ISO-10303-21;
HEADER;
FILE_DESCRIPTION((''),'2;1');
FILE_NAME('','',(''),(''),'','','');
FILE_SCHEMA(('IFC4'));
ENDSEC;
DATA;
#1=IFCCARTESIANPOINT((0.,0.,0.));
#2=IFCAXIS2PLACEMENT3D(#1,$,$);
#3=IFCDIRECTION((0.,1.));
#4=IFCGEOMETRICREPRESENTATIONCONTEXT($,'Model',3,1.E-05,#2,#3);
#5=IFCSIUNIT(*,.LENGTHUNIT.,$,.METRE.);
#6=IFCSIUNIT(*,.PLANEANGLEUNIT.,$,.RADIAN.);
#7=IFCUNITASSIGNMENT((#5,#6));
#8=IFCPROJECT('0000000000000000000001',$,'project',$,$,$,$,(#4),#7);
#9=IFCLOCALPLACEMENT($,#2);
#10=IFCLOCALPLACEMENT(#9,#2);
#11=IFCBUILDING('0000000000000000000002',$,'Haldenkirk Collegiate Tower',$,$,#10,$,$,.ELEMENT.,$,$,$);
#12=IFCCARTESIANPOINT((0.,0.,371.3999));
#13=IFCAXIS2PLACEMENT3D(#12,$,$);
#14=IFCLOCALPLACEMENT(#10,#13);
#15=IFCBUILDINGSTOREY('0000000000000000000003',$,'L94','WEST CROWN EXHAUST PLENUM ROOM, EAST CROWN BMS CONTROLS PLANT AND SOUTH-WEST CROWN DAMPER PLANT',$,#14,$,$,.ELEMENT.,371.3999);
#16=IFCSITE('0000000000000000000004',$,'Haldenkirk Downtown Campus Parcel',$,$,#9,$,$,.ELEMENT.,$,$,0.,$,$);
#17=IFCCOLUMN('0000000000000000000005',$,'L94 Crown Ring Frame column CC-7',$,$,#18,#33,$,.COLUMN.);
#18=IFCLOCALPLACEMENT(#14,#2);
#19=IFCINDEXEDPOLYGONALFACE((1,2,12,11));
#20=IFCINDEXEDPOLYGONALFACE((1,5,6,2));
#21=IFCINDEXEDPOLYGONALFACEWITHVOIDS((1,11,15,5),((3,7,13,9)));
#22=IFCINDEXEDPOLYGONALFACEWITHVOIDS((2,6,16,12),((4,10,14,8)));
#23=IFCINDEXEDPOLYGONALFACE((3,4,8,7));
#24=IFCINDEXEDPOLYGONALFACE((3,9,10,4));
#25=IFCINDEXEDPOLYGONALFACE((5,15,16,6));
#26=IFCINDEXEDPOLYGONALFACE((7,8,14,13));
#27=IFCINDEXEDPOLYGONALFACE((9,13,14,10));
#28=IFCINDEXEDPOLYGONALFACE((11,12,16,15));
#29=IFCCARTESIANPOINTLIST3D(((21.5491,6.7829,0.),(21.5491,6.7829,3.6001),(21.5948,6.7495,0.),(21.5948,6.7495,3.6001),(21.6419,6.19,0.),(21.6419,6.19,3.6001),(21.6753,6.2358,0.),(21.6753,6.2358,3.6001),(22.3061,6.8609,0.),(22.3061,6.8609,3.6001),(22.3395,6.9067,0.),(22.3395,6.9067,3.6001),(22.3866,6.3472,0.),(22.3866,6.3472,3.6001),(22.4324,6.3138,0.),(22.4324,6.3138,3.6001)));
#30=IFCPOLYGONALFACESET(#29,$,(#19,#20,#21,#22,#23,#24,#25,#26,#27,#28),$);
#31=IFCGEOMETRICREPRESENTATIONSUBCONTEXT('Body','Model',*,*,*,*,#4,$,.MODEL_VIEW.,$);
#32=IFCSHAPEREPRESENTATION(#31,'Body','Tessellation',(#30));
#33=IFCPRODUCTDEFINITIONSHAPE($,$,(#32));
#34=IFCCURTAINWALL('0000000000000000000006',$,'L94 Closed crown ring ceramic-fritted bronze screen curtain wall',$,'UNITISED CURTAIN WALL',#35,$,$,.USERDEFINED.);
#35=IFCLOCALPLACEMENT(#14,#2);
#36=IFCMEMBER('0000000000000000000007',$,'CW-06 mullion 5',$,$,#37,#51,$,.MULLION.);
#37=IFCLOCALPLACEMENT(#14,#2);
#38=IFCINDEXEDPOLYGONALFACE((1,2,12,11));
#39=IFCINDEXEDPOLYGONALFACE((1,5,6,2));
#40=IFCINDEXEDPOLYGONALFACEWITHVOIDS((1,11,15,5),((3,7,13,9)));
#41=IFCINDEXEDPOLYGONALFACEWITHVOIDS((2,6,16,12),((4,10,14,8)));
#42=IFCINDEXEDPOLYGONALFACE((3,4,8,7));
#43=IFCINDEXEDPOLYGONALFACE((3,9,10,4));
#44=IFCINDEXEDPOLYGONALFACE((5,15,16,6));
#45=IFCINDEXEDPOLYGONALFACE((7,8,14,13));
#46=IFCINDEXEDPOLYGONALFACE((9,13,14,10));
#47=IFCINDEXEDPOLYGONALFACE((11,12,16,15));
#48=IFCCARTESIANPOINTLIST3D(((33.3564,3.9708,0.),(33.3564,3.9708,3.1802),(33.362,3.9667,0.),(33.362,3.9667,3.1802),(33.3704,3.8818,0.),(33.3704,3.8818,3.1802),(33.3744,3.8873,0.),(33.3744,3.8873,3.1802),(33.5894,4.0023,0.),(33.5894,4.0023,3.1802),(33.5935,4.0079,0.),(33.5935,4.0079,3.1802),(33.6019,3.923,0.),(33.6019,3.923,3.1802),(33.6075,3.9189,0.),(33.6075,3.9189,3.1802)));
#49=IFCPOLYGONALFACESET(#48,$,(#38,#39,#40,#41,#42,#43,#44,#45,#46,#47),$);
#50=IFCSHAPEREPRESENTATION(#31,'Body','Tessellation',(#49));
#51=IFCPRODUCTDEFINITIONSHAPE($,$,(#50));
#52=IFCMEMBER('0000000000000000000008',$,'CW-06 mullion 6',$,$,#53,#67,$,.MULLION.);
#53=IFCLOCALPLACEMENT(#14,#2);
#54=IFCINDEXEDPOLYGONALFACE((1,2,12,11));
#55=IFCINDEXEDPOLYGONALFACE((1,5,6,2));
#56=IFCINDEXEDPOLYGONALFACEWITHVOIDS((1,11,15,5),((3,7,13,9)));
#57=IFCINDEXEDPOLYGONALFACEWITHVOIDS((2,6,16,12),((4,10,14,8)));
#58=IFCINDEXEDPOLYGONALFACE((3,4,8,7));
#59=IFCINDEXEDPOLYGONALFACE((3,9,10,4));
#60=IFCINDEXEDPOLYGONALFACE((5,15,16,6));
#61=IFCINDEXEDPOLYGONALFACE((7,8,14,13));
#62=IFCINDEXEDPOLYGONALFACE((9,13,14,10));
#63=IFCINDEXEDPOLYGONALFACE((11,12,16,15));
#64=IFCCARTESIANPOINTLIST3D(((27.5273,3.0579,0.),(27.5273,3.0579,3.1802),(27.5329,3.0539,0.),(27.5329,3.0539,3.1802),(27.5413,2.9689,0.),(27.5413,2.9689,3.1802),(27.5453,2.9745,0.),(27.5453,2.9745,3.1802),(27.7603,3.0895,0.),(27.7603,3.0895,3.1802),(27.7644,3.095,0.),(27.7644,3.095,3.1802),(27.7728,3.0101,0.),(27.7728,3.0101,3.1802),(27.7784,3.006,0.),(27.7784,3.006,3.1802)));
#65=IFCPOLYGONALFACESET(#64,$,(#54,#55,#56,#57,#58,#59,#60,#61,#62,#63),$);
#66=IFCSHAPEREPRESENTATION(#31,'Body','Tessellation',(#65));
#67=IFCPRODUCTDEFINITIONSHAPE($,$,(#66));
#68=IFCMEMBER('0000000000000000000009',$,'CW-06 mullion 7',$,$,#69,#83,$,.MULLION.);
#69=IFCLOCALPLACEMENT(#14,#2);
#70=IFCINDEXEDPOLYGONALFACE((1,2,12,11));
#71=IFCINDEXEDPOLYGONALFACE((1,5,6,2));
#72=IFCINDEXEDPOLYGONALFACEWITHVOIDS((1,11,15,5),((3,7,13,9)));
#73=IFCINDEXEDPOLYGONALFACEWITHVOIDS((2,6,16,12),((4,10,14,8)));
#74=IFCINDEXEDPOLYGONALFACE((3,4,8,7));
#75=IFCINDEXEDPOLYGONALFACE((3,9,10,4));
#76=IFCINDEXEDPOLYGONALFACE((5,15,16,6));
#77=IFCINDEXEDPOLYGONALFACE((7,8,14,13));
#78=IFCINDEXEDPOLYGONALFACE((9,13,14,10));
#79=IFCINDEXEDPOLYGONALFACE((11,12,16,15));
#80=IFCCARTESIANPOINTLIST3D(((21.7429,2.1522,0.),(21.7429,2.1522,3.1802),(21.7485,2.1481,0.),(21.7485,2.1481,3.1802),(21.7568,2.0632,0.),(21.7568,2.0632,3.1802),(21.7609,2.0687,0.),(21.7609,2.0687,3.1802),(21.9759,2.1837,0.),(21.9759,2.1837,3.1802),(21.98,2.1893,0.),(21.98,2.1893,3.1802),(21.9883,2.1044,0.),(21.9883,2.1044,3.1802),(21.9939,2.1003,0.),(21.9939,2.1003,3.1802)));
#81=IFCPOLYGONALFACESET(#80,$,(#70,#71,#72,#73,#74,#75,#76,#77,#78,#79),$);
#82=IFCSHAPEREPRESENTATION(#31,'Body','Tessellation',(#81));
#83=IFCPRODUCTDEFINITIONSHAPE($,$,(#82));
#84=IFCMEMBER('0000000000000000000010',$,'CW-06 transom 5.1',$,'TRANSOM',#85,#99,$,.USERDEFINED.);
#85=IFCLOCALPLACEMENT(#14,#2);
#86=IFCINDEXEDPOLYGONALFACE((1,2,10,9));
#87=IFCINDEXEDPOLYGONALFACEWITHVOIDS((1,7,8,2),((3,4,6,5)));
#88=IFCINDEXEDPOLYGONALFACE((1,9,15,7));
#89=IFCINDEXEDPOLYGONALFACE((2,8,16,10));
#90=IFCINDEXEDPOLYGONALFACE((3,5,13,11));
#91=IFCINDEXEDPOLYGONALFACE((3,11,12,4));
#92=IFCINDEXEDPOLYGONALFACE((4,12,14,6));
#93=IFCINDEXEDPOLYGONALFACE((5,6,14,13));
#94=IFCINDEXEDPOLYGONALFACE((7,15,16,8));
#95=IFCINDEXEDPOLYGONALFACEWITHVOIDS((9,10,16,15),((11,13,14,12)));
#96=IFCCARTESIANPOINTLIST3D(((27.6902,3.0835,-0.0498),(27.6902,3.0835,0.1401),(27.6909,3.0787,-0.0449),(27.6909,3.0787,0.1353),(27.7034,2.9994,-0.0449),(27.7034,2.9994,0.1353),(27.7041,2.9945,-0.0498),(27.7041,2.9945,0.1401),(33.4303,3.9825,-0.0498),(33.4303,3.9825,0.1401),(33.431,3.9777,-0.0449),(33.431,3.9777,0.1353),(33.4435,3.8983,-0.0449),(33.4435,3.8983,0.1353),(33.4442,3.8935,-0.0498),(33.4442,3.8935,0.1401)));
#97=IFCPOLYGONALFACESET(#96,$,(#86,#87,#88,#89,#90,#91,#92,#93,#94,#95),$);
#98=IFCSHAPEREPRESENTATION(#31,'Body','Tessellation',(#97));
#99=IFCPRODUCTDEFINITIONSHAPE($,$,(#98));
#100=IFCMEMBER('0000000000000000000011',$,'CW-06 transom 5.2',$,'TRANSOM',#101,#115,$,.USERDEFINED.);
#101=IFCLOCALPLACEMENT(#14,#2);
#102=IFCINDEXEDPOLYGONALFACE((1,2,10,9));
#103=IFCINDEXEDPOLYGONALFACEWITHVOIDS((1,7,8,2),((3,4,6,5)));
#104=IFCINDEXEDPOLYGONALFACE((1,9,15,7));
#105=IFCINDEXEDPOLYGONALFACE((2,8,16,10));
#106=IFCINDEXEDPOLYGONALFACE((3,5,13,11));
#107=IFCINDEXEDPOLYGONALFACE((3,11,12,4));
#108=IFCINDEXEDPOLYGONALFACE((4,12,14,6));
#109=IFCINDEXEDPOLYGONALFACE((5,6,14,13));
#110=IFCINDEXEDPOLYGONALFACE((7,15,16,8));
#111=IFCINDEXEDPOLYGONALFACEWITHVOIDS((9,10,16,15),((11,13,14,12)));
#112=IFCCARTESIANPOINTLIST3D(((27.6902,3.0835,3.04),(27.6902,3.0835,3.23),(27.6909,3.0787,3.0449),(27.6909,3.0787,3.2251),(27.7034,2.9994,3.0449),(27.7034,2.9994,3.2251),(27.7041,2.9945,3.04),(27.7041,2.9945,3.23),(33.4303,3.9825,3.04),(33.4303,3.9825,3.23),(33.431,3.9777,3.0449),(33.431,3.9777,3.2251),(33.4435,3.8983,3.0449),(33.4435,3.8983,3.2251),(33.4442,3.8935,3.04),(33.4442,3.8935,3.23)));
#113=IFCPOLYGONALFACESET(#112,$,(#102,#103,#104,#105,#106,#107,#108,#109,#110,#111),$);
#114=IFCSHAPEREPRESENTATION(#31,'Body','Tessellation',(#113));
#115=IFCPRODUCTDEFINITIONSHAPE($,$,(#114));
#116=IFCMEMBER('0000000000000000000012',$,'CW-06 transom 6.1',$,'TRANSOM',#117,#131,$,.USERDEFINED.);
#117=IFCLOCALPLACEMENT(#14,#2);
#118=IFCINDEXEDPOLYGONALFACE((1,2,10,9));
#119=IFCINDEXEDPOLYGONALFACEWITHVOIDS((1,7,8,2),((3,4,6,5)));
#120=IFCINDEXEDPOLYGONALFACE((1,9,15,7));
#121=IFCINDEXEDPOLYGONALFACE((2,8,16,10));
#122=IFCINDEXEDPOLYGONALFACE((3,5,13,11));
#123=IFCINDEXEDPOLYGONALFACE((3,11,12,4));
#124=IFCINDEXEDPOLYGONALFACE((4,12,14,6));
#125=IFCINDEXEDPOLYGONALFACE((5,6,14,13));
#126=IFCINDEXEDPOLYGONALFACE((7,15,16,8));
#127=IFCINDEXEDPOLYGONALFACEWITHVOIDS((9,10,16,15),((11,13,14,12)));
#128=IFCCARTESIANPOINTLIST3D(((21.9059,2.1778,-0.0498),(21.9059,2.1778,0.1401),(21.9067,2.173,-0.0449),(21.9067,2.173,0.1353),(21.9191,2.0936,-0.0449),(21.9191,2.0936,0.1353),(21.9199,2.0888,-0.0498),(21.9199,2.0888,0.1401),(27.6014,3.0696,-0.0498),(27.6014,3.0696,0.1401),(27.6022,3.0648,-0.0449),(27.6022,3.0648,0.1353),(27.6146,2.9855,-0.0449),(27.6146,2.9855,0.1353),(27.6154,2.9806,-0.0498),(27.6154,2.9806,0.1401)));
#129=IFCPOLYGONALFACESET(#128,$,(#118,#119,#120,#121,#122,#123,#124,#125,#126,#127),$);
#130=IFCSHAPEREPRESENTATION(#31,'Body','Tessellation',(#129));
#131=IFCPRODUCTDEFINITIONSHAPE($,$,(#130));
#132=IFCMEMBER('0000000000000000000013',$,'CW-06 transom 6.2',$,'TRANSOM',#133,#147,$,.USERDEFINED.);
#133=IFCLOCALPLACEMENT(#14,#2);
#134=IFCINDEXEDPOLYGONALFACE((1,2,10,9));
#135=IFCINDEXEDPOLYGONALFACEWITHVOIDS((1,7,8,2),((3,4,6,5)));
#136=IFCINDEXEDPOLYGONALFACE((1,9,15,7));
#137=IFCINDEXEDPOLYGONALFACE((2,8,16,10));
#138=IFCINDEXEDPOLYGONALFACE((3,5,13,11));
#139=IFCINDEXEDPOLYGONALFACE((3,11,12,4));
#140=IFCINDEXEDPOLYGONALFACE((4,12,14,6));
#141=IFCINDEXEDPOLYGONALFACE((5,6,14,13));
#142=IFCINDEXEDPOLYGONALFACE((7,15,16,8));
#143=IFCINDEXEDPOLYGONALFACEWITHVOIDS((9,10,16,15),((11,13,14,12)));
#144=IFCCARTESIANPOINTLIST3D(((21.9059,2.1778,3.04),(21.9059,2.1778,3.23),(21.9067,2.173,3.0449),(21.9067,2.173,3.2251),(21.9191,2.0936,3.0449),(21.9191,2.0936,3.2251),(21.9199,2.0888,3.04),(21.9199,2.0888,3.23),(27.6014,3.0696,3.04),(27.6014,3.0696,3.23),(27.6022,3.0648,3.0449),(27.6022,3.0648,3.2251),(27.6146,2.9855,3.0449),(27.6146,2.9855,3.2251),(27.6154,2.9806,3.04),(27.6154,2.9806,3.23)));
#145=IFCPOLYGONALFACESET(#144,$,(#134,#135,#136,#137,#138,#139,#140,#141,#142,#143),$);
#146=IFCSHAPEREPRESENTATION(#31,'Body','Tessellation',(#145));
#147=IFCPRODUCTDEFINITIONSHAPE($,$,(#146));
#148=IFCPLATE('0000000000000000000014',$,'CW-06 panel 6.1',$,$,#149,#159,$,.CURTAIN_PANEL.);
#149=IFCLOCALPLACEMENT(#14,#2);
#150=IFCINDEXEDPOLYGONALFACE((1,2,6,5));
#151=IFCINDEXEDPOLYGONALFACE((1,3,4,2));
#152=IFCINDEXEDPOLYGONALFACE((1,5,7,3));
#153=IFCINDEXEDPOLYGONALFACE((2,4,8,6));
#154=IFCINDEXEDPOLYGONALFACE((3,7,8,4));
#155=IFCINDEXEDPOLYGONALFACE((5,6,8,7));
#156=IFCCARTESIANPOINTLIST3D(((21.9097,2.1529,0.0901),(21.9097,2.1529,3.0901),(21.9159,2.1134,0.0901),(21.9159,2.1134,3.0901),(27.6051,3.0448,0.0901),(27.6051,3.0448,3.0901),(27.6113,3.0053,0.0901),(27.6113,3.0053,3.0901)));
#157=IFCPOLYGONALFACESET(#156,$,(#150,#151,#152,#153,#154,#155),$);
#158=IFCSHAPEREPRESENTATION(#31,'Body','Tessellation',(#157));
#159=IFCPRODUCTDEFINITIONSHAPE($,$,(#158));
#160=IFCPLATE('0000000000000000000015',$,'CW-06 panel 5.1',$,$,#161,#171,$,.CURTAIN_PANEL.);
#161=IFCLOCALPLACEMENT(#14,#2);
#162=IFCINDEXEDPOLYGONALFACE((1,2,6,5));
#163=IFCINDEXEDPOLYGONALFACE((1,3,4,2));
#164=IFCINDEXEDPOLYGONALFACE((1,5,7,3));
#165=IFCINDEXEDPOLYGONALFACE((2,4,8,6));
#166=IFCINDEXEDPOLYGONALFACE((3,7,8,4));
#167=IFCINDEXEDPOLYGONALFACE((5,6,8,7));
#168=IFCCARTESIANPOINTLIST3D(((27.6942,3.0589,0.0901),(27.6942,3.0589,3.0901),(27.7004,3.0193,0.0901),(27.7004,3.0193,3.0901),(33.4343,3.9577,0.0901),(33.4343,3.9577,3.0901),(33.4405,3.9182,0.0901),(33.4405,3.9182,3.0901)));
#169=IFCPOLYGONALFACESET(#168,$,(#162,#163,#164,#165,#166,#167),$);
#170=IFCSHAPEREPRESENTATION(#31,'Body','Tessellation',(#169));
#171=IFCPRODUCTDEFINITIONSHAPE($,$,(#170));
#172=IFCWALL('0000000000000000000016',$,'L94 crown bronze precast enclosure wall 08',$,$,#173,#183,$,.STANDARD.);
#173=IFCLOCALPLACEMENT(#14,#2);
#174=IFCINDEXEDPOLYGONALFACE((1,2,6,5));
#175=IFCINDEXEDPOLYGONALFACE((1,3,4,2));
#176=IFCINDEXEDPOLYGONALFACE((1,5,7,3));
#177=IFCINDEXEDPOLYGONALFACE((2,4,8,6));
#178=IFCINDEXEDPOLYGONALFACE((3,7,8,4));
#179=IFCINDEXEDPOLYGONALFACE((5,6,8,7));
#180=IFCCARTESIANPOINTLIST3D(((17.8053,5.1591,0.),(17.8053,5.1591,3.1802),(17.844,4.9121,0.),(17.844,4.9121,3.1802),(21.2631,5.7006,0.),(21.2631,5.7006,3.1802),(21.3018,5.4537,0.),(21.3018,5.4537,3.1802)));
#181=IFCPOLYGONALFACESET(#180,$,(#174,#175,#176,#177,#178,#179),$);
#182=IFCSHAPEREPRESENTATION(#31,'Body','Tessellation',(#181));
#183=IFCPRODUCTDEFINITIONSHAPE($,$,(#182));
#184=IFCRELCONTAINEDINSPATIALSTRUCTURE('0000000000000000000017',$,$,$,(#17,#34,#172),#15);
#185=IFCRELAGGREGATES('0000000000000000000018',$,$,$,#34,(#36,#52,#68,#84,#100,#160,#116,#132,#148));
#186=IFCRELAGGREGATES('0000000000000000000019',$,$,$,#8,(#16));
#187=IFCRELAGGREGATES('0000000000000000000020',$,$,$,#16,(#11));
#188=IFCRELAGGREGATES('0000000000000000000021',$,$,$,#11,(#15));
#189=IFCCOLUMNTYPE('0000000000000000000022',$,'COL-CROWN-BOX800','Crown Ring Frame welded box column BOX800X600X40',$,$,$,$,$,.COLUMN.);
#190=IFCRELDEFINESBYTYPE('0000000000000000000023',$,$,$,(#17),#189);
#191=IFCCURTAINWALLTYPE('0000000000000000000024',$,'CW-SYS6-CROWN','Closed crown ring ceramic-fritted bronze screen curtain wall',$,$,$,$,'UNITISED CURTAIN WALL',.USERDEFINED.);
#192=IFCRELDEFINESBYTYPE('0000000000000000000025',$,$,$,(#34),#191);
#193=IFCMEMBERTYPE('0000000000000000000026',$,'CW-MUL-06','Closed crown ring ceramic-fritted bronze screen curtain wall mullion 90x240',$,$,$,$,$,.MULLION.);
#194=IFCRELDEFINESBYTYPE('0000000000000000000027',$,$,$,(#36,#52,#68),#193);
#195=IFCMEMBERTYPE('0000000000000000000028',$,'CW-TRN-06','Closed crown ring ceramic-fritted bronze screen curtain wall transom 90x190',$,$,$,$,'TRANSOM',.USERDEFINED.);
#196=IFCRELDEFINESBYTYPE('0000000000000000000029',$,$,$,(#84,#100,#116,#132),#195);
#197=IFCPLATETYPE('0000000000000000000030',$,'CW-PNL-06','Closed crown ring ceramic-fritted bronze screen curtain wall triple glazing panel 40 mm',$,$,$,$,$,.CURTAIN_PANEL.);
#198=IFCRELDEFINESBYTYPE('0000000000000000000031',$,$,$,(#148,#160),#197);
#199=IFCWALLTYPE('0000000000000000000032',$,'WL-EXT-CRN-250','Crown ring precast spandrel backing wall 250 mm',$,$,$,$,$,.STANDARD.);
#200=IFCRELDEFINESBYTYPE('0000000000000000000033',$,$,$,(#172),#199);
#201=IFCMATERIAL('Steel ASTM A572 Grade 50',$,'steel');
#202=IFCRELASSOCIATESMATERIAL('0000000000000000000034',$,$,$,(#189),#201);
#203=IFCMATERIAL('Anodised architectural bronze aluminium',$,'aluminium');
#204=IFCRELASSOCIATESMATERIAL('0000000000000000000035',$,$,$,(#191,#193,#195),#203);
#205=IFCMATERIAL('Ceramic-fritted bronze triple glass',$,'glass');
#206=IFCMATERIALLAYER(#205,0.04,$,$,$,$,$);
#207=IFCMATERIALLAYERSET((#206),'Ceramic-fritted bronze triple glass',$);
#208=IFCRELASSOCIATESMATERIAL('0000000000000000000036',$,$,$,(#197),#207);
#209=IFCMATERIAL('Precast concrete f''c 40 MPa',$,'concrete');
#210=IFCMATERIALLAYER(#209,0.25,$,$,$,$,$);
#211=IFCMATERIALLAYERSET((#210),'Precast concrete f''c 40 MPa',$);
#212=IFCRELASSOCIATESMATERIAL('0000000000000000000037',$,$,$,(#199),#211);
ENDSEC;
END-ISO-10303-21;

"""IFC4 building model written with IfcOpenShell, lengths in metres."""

from ifc_helpers import new_model, si_unit, direction, frame, frame_2d, origin, origin_2d, place, context, subcontext, project, spatial, rectangle, hollow_rectangle, extrude, source, transform, mapped, material, layer, layer_set, material_profile, profile_set, type_object, element, aggregate, save


model = new_model("IFC4")

# Units and contexts
model_context = context("Model", 3, precision=1e-05, world=origin(), true_north=direction((0.0, 1.0)))
body_context = subcontext(model_context, "Body", "Model", "MODEL_VIEW")
ifc_project = project(units=[si_unit("LENGTHUNIT", "METRE"), si_unit("PLANEANGLEUNIT", "RADIAN")], contexts=[model_context])

# Site, building, storey
site_placement = place(None, origin())
site = spatial("IfcSite", under=ifc_project, at=site_placement, Name="Haldenkirk Downtown Campus Parcel", CompositionType="ELEMENT", RefElevation=0.0)
building_placement = place(site_placement, origin())
building = spatial("IfcBuilding", under=site, at=building_placement, Name="Haldenkirk Collegiate Tower", CompositionType="ELEMENT")
storey_placement = place(building_placement, frame((0.0, 0.0, 371.3999)))
storey = spatial("IfcBuildingStorey", under=building, at=storey_placement, Name="L94", Description="WEST CROWN EXHAUST PLENUM ROOM, EAST CROWN BMS CONTROLS PLANT AND SOUTH-WEST CROWN DAMPER PLANT", CompositionType="ELEMENT", Elevation=371.3999)

# Column
ifc_material_1 = material(Name="Steel ASTM A572 Grade 50", Category="steel")
ifc_material_profile_1 = material_profile(ifc_material_1, hollow_rectangle(XDim=0.6001, YDim=0.8, WallThickness=0.04, at=origin_2d()), Name="BOX800X600X40")
ifc_profile_set_1 = profile_set([ifc_material_profile_1], Name="Steel ASTM A572 Grade 50")
column_type = type_object("IfcColumnType", Name="COL-CROWN-BOX800", Description="Crown Ring Frame welded box column BOX800X600X40", PredefinedType="COLUMN", material=ifc_profile_set_1)
column_placement = place(storey_placement, frame((21.9907, 6.5483, 0.0), z_axis=(0.0, 0.0, 1.0), x_axis=(-0.15471, 0.98796, 0.0)))
element("IfcColumn", 1, at=column_placement, inside=storey, type_object=column_type, Name="L94 Crown Ring Frame column CC-7", PredefinedType="COLUMN", context=body_context, shape_type="SweptSolid", body=[
    extrude(hollow_rectangle(XDim=0.6001, YDim=0.8, WallThickness=0.04, at=origin_2d()), origin(), (0.0, 0.0, 1.0), 3.6001),
])

# Curtain wall, members, plates
ifc_material_2 = material(Name="Anodised architectural bronze aluminium", Category="aluminium")
curtain_wall_type = type_object("IfcCurtainWallType", Name="CW-SYS6-CROWN", Description="Closed crown ring ceramic-fritted bronze screen curtain wall", ElementType="UNITISED CURTAIN WALL", PredefinedType="USERDEFINED", material=ifc_material_2)
curtain_wall_placement = place(storey_placement, origin())
curtain_wall = element("IfcCurtainWall", 2, at=curtain_wall_placement, inside=storey, type_object=curtain_wall_type, Name="L94 Closed crown ring ceramic-fritted bronze screen curtain wall", ObjectType="UNITISED CURTAIN WALL", PredefinedType="USERDEFINED")
ifc_material_profile_2 = material_profile(ifc_material_2, hollow_rectangle(XDim=0.0901, YDim=0.24, WallThickness=0.0049, at=origin_2d()), Name="CW-MUL-06")
ifc_profile_set_2 = profile_set([ifc_material_profile_2], Name="Anodised architectural bronze aluminium")
member_type_1 = type_object("IfcMemberType", Name="CW-MUL-06", Description="Closed crown ring ceramic-fritted bronze screen curtain wall mullion 90x240", PredefinedType="MULLION", material=ifc_profile_set_2)
member_1_placement = place(storey_placement, frame((33.4819, 3.9448, 0.0), z_axis=(0.0, 0.0, 1.0), x_axis=(0.154709, -0.98796, 0.0)))
member_1 = element("IfcMember", 3, at=member_1_placement, type_object=member_type_1, Name="CW-06 mullion 5", PredefinedType="MULLION", context=body_context, shape_type="SweptSolid", body=[
    extrude(hollow_rectangle(XDim=0.0901, YDim=0.24, WallThickness=0.0049, at=origin_2d()), origin(), (0.0, 0.0, 1.0), 3.1802),
])
member_2_placement = place(storey_placement, frame((27.6528, 3.032, 0.0), z_axis=(0.0, 0.0, 1.0), x_axis=(0.154709, -0.98796, 0.0)))
member_2 = element("IfcMember", 4, at=member_2_placement, type_object=member_type_1, Name="CW-06 mullion 6", PredefinedType="MULLION", context=body_context, shape_type="SweptSolid", body=[
    extrude(hollow_rectangle(XDim=0.0901, YDim=0.24, WallThickness=0.0049, at=origin_2d()), origin(), (0.0, 0.0, 1.0), 3.1802),
])
member_3_placement = place(storey_placement, frame((21.8684, 2.1262, 0.0), z_axis=(0.0, 0.0, 1.0), x_axis=(0.154709, -0.98796, 0.0)))
member_3 = element("IfcMember", 5, at=member_3_placement, type_object=member_type_1, Name="CW-06 mullion 7", PredefinedType="MULLION", context=body_context, shape_type="SweptSolid", body=[
    extrude(hollow_rectangle(XDim=0.0901, YDim=0.24, WallThickness=0.0049, at=origin_2d()), origin(), (0.0, 0.0, 1.0), 3.1802),
])
ifc_material_profile_3 = material_profile(ifc_material_2, hollow_rectangle(XDim=0.0901, YDim=0.1899, WallThickness=0.0049, at=origin_2d()), Name="CW-TRN-06")
ifc_profile_set_3 = profile_set([ifc_material_profile_3], Name="Anodised architectural bronze aluminium")
member_type_2 = type_object("IfcMemberType", Name="CW-TRN-06", Description="Closed crown ring ceramic-fritted bronze screen curtain wall transom 90x190", ElementType="TRANSOM", PredefinedType="USERDEFINED", material=ifc_profile_set_3)
member_4_placement = place(storey_placement, frame((33.4373, 3.938, 0.0452), z_axis=(-0.987958, -0.154722, 0.0), x_axis=(0.154722, -0.987958, 0.0)))
member_4 = element("IfcMember", 6, at=member_4_placement, type_object=member_type_2, Name="CW-06 transom 5.1", ObjectType="TRANSOM", PredefinedType="USERDEFINED", context=body_context, shape_type="SweptSolid", body=[
    extrude(hollow_rectangle(XDim=0.0901, YDim=0.1899, WallThickness=0.0049, at=origin_2d()), origin(), (0.0, 0.0, 1.0), 5.8101),
])
member_5_placement = place(storey_placement, frame((33.4373, 3.938, 3.135), z_axis=(-0.987958, -0.154722, 0.0), x_axis=(0.154722, -0.987958, 0.0)))
member_5 = element("IfcMember", 7, at=member_5_placement, type_object=member_type_2, Name="CW-06 transom 5.2", ObjectType="TRANSOM", PredefinedType="USERDEFINED", context=body_context, shape_type="SweptSolid", body=[
    extrude(hollow_rectangle(XDim=0.0901, YDim=0.1899, WallThickness=0.0049, at=origin_2d()), origin(), (0.0, 0.0, 1.0), 5.8101),
])
member_6_placement = place(storey_placement, frame((27.6084, 3.0251, 0.0452), z_axis=(-0.987961, -0.154701, 0.0), x_axis=(0.154701, -0.987961, 0.0)))
member_6 = element("IfcMember", 8, at=member_6_placement, type_object=member_type_2, Name="CW-06 transom 6.1", ObjectType="TRANSOM", PredefinedType="USERDEFINED", context=body_context, shape_type="SweptSolid", body=[
    extrude(hollow_rectangle(XDim=0.0901, YDim=0.1899, WallThickness=0.0049, at=origin_2d()), origin(), (0.0, 0.0, 1.0), 5.7649),
])
member_7_placement = place(storey_placement, frame((27.6084, 3.0251, 3.135), z_axis=(-0.987961, -0.154701, 0.0), x_axis=(0.154701, -0.987961, 0.0)))
member_7 = element("IfcMember", 9, at=member_7_placement, type_object=member_type_2, Name="CW-06 transom 6.2", ObjectType="TRANSOM", PredefinedType="USERDEFINED", context=body_context, shape_type="SweptSolid", body=[
    extrude(hollow_rectangle(XDim=0.0901, YDim=0.1899, WallThickness=0.0049, at=origin_2d()), origin(), (0.0, 0.0, 1.0), 5.7649),
])
ifc_material_3 = material(Name="Ceramic-fritted bronze triple glass", Category="glass")
ifc_layer_1 = layer(ifc_material_3, 0.04)
ifc_layer_set_1 = layer_set([ifc_layer_1], Name="Ceramic-fritted bronze triple glass")
plate_type = type_object("IfcPlateType", Name="CW-PNL-06", Description="Closed crown ring ceramic-fritted bronze screen curtain wall triple glazing panel 40 mm", PredefinedType="CURTAIN_PANEL", material=ifc_layer_set_1)
shared_shape_1 = source(origin(), body_context, "Body", "SweptSolid", [
    extrude(rectangle(XDim=5.7649, YDim=0.04, at=origin_2d()), origin(), (0.0, 0.0, 1.0), 3.0),
])
plate_1_placement = place(storey_placement, frame((24.7605, 2.5791, 0.0901), z_axis=(0.0, 0.0, 1.0), x_axis=(-0.98796, -0.154709, 0.0)))
plate_1 = element("IfcPlate", 10, at=plate_1_placement, type_object=plate_type, Name="CW-06 panel 6.1", PredefinedType="CURTAIN_PANEL", context=body_context, shape_type="MappedRepresentation", body=[
    mapped(shared_shape_1, transform((0.0, 0.0, 0.0), x_axis=(1.0, 0.0, 0.0), y_axis=(0.0, 1.0, 0.0), z_axis=(0.0, 0.0, 1.0), scale=1.0)),
])
shared_shape_2 = source(origin(), body_context, "Body", "SweptSolid", [
    extrude(rectangle(XDim=5.8101, YDim=0.04, at=origin_2d()), origin(), (0.0, 0.0, 1.0), 3.0),
])
plate_2_placement = place(storey_placement, frame((30.5674, 3.4885, 0.0901), z_axis=(0.0, 0.0, 1.0), x_axis=(-0.98796, -0.154709, 0.0)))
plate_2 = element("IfcPlate", 11, at=plate_2_placement, type_object=plate_type, Name="CW-06 panel 5.1", PredefinedType="CURTAIN_PANEL", context=body_context, shape_type="MappedRepresentation", body=[
    mapped(shared_shape_2, transform((0.0, 0.0, 0.0), x_axis=(1.0, 0.0, 0.0), y_axis=(0.0, 1.0, 0.0), z_axis=(0.0, 0.0, 1.0), scale=1.0)),
])
aggregate(curtain_wall, [member_1, member_2, member_3, member_4, member_5, plate_2, member_6, member_7, plate_1])

# Wall
ifc_material_4 = material(Name="Precast concrete f'c 40 MPa", Category="concrete")
ifc_layer_2 = layer(ifc_material_4, 0.25)
ifc_layer_set_2 = layer_set([ifc_layer_2], Name="Precast concrete f'c 40 MPa")
wall_type = type_object("IfcWallType", Name="WL-EXT-CRN-250", Description="Crown ring precast spandrel backing wall 250 mm", PredefinedType="STANDARD", material=ifc_layer_set_2)
for number, where, z_axis, x_axis, name in (
    (12, (21.2825, 5.5771, 0.0), (0.0, 0.0, 1.0), (-0.987958, -0.154719, 0.0), "L94 crown bronze precast enclosure wall 08"),
):
    element("IfcWall", number, at=place(storey_placement, frame(where, z_axis=z_axis, x_axis=x_axis)), inside=storey, type_object=wall_type, Name=name, PredefinedType="STANDARD", context=body_context, shape_type="SweptSolid", body=[
        extrude(rectangle(XDim=3.5, YDim=0.25, at=frame_2d((1.75, 0.0))), origin(), (0.0, 0.0, 1.0), 3.1802),
    ])

save(model, "model.ifc")
